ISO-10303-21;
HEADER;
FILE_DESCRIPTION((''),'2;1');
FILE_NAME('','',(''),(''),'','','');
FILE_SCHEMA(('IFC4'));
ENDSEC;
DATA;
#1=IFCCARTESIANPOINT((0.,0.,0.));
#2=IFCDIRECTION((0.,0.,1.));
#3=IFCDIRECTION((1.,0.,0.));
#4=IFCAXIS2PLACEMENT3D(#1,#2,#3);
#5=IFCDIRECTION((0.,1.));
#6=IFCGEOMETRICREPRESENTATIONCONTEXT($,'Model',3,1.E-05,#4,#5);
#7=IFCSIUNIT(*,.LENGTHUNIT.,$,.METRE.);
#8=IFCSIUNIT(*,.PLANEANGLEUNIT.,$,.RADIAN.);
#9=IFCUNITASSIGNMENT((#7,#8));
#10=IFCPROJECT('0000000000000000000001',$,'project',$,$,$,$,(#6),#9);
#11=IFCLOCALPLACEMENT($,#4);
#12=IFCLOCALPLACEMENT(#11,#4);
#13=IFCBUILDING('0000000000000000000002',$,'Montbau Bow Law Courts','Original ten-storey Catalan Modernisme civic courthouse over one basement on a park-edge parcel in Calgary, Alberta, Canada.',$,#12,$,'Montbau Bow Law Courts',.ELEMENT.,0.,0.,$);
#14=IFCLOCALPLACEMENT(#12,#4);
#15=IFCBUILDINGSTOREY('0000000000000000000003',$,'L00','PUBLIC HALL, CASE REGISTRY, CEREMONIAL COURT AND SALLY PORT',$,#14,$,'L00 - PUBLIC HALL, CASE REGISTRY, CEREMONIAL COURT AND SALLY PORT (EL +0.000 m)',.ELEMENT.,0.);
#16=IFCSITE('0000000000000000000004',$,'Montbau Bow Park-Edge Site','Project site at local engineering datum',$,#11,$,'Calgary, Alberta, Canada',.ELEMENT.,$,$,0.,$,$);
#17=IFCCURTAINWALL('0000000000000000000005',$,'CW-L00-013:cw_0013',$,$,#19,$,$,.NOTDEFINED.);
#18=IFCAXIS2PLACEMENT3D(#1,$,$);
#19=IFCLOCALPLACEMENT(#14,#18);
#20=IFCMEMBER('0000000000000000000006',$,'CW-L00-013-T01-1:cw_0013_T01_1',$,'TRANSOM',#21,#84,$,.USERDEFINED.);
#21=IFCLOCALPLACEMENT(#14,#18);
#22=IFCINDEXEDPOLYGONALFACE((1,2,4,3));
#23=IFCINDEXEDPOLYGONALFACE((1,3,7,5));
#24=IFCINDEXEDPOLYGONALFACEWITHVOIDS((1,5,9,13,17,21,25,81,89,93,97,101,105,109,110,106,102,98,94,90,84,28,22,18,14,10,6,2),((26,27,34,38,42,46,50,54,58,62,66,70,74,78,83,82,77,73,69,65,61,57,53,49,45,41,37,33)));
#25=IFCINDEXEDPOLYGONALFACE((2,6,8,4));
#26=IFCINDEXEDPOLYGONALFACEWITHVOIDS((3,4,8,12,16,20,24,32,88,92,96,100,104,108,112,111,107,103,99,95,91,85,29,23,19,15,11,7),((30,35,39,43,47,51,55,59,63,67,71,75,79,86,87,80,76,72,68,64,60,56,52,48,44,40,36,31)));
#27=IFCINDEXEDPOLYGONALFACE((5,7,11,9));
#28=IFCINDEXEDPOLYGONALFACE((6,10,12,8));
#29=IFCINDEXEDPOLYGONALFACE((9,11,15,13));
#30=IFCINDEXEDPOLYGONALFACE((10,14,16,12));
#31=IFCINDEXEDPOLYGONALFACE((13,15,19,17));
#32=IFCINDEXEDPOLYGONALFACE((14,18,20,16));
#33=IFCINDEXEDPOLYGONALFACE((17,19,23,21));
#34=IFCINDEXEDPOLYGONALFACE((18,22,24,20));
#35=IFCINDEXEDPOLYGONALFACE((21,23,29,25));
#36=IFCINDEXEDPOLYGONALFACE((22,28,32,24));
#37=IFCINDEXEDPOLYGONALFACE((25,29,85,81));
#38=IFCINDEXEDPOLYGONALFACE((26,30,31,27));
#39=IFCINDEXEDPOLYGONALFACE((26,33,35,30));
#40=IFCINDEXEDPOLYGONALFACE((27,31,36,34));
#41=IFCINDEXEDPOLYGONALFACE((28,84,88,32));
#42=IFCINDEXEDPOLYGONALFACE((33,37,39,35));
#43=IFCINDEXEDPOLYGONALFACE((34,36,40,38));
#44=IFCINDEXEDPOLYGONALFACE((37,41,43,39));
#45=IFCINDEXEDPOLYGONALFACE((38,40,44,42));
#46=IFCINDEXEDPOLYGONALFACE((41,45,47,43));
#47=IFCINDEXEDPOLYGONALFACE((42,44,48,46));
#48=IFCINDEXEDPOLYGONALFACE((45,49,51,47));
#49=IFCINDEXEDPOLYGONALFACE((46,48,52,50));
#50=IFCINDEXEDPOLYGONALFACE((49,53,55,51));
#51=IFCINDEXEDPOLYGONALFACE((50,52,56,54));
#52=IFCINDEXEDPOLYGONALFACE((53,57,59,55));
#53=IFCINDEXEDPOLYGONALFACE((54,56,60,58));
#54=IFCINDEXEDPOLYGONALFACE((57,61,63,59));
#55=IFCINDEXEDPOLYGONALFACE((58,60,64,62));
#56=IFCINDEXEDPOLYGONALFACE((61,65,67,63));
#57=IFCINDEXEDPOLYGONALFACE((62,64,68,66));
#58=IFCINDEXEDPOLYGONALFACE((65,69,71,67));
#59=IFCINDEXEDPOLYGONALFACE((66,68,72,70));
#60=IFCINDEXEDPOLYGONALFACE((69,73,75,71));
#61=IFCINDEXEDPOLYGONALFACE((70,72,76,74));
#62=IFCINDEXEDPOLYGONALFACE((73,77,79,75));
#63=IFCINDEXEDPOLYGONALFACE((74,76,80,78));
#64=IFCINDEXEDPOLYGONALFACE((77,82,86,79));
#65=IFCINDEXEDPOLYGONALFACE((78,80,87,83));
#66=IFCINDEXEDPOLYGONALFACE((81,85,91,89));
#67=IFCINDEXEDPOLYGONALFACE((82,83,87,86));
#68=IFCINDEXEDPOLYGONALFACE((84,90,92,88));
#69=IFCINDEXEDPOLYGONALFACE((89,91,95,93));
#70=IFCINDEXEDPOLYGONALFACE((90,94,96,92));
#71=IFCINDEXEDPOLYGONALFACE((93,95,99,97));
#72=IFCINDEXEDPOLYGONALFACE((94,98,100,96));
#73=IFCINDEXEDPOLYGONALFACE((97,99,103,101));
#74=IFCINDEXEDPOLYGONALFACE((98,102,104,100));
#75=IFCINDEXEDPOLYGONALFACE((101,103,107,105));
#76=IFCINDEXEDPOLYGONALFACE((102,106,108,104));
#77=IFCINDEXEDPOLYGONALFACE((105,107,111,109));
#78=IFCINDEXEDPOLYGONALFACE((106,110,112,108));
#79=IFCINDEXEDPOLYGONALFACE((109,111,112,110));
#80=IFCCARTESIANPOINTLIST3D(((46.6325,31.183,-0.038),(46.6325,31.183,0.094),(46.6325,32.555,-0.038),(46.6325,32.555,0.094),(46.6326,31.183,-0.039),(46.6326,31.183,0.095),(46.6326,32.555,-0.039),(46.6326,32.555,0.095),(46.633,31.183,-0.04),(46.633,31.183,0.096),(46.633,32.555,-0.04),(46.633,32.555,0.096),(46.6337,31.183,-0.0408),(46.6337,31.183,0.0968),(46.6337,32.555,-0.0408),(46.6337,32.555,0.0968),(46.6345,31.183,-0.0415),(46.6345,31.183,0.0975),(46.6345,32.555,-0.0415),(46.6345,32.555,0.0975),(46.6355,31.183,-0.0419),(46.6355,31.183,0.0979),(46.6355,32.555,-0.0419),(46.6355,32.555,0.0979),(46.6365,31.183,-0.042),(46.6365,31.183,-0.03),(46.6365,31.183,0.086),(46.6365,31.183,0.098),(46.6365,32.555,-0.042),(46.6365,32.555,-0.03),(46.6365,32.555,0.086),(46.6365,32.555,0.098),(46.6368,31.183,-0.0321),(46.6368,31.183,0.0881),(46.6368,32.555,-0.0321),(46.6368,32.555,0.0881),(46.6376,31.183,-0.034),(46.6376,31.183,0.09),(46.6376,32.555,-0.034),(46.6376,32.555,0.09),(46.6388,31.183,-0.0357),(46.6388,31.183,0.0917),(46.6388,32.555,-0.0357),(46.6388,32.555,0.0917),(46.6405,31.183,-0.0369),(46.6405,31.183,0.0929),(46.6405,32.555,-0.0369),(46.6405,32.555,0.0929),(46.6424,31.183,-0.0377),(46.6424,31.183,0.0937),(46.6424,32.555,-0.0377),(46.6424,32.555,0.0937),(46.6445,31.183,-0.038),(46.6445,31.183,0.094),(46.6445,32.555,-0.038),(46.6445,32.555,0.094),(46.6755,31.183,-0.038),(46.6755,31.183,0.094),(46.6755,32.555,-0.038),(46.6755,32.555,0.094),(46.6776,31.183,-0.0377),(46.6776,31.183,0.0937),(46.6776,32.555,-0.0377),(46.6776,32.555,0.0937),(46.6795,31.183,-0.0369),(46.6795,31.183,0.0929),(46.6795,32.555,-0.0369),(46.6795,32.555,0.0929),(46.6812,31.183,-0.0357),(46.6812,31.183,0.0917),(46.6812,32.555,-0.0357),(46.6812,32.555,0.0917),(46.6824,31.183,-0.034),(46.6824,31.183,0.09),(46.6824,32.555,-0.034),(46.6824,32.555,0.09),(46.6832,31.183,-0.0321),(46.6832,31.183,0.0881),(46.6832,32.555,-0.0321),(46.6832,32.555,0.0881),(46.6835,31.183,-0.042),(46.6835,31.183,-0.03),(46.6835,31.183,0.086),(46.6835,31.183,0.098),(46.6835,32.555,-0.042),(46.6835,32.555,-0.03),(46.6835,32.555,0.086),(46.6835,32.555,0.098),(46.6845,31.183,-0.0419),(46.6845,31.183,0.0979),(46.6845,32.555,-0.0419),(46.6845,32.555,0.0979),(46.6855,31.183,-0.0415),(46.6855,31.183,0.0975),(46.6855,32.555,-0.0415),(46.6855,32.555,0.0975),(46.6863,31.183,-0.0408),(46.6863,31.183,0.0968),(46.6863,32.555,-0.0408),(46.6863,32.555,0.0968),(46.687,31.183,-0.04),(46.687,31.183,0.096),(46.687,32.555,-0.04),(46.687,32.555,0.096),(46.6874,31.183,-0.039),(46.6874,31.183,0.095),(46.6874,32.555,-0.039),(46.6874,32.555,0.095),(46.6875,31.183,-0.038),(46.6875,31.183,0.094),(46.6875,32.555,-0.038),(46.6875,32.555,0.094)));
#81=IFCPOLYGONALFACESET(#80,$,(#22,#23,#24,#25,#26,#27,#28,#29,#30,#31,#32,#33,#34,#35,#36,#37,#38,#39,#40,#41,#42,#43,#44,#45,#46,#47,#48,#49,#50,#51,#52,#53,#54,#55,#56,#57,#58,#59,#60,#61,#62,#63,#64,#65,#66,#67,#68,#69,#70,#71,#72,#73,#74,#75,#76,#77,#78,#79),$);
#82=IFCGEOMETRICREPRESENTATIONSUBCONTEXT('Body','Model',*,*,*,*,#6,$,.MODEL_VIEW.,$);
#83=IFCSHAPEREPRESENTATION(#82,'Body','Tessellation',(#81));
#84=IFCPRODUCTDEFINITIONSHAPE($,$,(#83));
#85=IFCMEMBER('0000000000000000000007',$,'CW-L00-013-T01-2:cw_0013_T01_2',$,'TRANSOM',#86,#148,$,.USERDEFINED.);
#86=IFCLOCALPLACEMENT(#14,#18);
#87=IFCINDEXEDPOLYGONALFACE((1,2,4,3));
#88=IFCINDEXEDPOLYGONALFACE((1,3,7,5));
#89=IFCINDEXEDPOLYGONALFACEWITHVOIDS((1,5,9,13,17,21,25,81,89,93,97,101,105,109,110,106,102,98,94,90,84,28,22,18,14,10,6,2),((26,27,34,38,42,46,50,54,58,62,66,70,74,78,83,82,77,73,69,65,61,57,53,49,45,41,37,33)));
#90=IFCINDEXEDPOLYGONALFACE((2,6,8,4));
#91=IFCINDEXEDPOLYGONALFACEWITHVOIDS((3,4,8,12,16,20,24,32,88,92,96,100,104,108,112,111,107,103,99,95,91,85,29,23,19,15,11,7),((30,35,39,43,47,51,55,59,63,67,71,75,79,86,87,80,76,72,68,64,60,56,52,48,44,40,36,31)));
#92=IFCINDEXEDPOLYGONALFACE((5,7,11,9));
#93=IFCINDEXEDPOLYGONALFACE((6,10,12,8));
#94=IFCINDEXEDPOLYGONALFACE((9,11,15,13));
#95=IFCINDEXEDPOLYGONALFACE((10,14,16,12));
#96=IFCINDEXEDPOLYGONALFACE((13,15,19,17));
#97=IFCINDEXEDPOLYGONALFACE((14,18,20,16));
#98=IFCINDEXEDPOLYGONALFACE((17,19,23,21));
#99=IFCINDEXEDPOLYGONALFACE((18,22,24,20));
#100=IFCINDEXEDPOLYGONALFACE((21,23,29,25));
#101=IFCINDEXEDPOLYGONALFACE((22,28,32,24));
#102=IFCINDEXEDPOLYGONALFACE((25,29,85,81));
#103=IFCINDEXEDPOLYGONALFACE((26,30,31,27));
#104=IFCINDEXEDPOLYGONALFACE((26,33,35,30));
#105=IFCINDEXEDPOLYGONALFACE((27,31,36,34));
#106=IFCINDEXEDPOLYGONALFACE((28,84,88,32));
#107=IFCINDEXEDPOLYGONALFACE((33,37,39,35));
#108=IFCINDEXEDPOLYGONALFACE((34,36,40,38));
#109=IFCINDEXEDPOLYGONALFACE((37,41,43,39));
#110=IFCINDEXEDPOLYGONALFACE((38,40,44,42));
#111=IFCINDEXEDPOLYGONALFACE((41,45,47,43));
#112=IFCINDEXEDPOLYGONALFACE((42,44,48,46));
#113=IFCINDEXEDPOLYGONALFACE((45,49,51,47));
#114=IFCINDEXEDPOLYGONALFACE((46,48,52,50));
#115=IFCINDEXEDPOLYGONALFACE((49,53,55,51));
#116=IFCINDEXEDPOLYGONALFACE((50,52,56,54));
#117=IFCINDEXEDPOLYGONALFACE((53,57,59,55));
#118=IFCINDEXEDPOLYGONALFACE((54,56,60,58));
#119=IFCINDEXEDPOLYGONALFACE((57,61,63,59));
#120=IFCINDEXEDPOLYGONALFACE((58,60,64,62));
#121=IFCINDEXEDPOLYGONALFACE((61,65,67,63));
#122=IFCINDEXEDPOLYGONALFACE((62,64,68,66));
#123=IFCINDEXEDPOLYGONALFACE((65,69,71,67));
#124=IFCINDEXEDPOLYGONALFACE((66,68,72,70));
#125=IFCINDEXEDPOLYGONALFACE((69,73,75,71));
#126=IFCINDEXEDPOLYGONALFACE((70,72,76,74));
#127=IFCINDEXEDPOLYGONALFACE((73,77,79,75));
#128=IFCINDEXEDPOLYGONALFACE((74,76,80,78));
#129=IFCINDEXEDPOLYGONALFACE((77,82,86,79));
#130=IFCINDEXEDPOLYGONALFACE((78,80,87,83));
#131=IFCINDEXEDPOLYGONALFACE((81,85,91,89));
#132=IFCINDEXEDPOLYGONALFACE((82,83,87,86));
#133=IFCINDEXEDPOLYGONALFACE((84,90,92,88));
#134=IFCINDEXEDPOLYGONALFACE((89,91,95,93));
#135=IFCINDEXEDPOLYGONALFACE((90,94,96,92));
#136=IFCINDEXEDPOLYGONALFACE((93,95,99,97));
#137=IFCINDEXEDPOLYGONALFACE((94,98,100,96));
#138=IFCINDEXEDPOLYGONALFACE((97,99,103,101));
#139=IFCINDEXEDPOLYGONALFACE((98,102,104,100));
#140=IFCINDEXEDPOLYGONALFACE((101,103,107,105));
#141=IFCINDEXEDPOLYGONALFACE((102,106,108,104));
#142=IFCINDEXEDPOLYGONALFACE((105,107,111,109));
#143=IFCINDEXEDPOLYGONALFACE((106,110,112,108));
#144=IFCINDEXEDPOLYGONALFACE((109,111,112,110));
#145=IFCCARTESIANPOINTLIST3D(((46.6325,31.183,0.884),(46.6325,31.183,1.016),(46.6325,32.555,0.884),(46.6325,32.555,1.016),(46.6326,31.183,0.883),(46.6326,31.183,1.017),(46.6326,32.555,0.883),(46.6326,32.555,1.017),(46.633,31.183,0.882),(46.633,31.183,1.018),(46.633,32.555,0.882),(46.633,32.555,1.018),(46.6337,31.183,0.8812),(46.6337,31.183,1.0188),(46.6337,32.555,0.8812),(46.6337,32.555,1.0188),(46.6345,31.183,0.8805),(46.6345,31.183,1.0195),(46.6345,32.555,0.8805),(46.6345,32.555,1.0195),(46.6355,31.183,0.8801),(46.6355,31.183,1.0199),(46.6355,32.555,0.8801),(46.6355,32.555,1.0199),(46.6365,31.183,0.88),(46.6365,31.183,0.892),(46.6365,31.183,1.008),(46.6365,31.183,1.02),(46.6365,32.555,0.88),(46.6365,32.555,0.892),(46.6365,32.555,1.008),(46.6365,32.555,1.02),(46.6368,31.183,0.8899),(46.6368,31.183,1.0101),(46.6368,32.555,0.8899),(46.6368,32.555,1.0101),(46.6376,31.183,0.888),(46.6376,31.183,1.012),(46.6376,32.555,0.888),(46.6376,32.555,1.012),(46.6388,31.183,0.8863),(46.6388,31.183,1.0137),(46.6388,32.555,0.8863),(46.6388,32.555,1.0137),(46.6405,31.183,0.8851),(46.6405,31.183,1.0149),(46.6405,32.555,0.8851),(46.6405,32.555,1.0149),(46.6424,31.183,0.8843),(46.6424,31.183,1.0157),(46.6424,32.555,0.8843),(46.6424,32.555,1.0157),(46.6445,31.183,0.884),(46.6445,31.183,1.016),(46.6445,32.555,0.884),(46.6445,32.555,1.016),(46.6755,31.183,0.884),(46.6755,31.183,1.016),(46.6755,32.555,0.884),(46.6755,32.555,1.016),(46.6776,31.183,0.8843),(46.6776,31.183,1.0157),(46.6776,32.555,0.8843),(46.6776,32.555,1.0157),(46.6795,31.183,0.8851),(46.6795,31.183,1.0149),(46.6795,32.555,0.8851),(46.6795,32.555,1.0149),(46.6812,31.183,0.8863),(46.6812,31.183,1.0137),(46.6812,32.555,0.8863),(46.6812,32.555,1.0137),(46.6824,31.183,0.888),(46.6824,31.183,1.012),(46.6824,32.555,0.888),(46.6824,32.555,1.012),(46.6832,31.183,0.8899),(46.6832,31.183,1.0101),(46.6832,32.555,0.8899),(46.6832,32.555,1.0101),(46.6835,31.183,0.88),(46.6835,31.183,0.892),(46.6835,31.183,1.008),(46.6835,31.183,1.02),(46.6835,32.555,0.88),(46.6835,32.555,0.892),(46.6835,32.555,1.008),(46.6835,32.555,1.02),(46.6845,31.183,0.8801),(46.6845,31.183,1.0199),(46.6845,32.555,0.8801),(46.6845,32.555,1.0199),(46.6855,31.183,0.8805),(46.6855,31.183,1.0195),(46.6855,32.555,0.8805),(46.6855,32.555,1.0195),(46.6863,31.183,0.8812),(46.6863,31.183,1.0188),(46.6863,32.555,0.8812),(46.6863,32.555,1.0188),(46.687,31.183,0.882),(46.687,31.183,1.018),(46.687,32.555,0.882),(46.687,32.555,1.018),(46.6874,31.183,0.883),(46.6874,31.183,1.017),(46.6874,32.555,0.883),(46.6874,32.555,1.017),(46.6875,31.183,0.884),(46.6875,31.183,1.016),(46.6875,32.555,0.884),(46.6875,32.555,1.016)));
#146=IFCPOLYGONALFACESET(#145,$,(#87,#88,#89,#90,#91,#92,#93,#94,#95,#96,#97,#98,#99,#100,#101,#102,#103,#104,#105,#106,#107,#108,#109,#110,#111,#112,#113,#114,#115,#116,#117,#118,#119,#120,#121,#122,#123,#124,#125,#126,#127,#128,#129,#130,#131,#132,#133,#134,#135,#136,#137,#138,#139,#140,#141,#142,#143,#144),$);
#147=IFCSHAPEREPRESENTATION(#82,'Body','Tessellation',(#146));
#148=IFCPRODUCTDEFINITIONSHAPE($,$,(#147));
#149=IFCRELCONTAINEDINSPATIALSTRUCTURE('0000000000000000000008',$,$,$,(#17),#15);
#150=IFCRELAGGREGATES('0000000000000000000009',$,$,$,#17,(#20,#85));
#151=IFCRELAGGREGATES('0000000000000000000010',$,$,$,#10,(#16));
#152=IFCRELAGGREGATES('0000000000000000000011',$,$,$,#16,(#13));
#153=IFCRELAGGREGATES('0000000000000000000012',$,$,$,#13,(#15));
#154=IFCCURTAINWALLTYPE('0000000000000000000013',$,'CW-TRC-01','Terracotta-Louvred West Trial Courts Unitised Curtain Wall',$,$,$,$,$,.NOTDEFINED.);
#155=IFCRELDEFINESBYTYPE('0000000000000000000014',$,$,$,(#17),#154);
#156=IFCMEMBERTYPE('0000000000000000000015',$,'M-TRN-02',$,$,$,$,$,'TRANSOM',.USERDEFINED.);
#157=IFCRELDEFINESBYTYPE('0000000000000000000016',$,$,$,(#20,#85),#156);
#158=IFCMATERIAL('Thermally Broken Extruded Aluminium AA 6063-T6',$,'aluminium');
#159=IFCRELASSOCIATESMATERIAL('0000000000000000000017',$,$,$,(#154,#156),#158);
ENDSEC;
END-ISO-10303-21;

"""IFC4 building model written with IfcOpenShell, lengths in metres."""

from ifc_helpers import new_model, si_unit, direction, frame, origin_with_axes, origin_2d_with_axis, place, context, subcontext, project, spatial, hollow_rectangle, extrude, material, material_profile, profile_set, type_object, element, aggregate, save


model = new_model("IFC4")

# Units and contexts
model_context = context("Model", 3, precision=1e-05, world=origin_with_axes(), true_north=direction((0.0, 1.0)))
body_context = subcontext(model_context, "Body", "Model", "MODEL_VIEW")
ifc_project = project(units=[si_unit("LENGTHUNIT", "METRE"), si_unit("PLANEANGLEUNIT", "RADIAN")], contexts=[model_context])

# Site, building, storey
site_placement = place(None, origin_with_axes())
site = spatial("IfcSite", under=ifc_project, at=site_placement, Name="Montbau Bow Park-Edge Site", Description="Project site at local engineering datum", LongName="Calgary, Alberta, Canada", CompositionType="ELEMENT", RefElevation=0.0)
building_placement = place(site_placement, origin_with_axes())
building = spatial("IfcBuilding", under=site, at=building_placement, Name="Montbau Bow Law Courts", Description="Original ten-storey Catalan Modernisme civic courthouse over one basement on a park-edge parcel in Calgary, Alberta, Canada.", LongName="Montbau Bow Law Courts", CompositionType="ELEMENT", ElevationOfRefHeight=0.0, ElevationOfTerrain=0.0)
storey_placement = place(building_placement, origin_with_axes())
storey = spatial("IfcBuildingStorey", under=building, at=storey_placement, Name="L00", Description="PUBLIC HALL, CASE REGISTRY, CEREMONIAL COURT AND SALLY PORT", LongName="L00 - PUBLIC HALL, CASE REGISTRY, CEREMONIAL COURT AND SALLY PORT (EL +0.000 m)", CompositionType="ELEMENT", Elevation=0.0)

# Curtain wall
ifc_material_1 = material(Name="Thermally Broken Extruded Aluminium AA 6063-T6", Category="aluminium")
curtain_wall_type = type_object("IfcCurtainWallType", Name="CW-TRC-01", Description="Terracotta-Louvred West Trial Courts Unitised Curtain Wall", PredefinedType="NOTDEFINED", material=ifc_material_1)
curtain_wall_1_placement = place(None, frame((46.66, 31.115, 0.0), z_axis=(0.0, 0.0, 1.0), x_axis=(1.0, 0.0, 0.0)))
curtain_wall_1 = element("IfcCurtainWall", 1, at=curtain_wall_1_placement, inside=storey, type_object=curtain_wall_type, Name="CW-L00-013:cw_0013", PredefinedType="NOTDEFINED")
ifc_material_profile_1 = material_profile(ifc_material_1, hollow_rectangle(XDim=0.055, YDim=0.14, WallThickness=0.004, InnerFilletRadius=0.008, OuterFilletRadius=0.004, at=origin_2d_with_axis()), Name="CWT-140X55", Category="Main", Priority=0)
ifc_profile_set_1 = profile_set([ifc_material_profile_1], Name="Thermally Broken Extruded Aluminium AA 6063-T6")
member_type_1 = type_object("IfcMemberType", Name="M-TRN-02", ElementType="TRANSOM", PredefinedType="USERDEFINED", material=ifc_profile_set_1)

# Members
member_1_placement = place(None, frame((46.66, 31.183, 0.028), z_axis=(0.0, 1.0, 0.0), x_axis=(-1.0, 0.0, 0.0)))
member_1 = element("IfcMember", 2, at=member_1_placement, type_object=member_type_1, Name="CW-L00-013-T01-1:cw_0013_T01_1", ObjectType="TRANSOM", PredefinedType="USERDEFINED", context=body_context, shape_type="SweptSolid", body=[
    extrude(hollow_rectangle(XDim=0.055, YDim=0.14, WallThickness=0.004, InnerFilletRadius=0.008, OuterFilletRadius=0.004, at=origin_2d_with_axis()), origin_with_axes(), (0.0, 0.0, 1.0), 1.372),
])
member_2_placement = place(None, frame((46.66, 31.183, 0.95), z_axis=(0.0, 1.0, 0.0), x_axis=(-1.0, 0.0, 0.0)))
member_2 = element("IfcMember", 3, at=member_2_placement, type_object=member_type_1, Name="CW-L00-013-T01-2:cw_0013_T01_2", ObjectType="TRANSOM", PredefinedType="USERDEFINED", context=body_context, shape_type="SweptSolid", body=[
    extrude(hollow_rectangle(XDim=0.055, YDim=0.14, WallThickness=0.004, InnerFilletRadius=0.008, OuterFilletRadius=0.004, at=origin_2d_with_axis()), origin_with_axes(), (0.0, 0.0, 1.0), 1.372),
])

aggregate(curtain_wall_1, [member_1, member_2])

save(model, "model.ifc")
